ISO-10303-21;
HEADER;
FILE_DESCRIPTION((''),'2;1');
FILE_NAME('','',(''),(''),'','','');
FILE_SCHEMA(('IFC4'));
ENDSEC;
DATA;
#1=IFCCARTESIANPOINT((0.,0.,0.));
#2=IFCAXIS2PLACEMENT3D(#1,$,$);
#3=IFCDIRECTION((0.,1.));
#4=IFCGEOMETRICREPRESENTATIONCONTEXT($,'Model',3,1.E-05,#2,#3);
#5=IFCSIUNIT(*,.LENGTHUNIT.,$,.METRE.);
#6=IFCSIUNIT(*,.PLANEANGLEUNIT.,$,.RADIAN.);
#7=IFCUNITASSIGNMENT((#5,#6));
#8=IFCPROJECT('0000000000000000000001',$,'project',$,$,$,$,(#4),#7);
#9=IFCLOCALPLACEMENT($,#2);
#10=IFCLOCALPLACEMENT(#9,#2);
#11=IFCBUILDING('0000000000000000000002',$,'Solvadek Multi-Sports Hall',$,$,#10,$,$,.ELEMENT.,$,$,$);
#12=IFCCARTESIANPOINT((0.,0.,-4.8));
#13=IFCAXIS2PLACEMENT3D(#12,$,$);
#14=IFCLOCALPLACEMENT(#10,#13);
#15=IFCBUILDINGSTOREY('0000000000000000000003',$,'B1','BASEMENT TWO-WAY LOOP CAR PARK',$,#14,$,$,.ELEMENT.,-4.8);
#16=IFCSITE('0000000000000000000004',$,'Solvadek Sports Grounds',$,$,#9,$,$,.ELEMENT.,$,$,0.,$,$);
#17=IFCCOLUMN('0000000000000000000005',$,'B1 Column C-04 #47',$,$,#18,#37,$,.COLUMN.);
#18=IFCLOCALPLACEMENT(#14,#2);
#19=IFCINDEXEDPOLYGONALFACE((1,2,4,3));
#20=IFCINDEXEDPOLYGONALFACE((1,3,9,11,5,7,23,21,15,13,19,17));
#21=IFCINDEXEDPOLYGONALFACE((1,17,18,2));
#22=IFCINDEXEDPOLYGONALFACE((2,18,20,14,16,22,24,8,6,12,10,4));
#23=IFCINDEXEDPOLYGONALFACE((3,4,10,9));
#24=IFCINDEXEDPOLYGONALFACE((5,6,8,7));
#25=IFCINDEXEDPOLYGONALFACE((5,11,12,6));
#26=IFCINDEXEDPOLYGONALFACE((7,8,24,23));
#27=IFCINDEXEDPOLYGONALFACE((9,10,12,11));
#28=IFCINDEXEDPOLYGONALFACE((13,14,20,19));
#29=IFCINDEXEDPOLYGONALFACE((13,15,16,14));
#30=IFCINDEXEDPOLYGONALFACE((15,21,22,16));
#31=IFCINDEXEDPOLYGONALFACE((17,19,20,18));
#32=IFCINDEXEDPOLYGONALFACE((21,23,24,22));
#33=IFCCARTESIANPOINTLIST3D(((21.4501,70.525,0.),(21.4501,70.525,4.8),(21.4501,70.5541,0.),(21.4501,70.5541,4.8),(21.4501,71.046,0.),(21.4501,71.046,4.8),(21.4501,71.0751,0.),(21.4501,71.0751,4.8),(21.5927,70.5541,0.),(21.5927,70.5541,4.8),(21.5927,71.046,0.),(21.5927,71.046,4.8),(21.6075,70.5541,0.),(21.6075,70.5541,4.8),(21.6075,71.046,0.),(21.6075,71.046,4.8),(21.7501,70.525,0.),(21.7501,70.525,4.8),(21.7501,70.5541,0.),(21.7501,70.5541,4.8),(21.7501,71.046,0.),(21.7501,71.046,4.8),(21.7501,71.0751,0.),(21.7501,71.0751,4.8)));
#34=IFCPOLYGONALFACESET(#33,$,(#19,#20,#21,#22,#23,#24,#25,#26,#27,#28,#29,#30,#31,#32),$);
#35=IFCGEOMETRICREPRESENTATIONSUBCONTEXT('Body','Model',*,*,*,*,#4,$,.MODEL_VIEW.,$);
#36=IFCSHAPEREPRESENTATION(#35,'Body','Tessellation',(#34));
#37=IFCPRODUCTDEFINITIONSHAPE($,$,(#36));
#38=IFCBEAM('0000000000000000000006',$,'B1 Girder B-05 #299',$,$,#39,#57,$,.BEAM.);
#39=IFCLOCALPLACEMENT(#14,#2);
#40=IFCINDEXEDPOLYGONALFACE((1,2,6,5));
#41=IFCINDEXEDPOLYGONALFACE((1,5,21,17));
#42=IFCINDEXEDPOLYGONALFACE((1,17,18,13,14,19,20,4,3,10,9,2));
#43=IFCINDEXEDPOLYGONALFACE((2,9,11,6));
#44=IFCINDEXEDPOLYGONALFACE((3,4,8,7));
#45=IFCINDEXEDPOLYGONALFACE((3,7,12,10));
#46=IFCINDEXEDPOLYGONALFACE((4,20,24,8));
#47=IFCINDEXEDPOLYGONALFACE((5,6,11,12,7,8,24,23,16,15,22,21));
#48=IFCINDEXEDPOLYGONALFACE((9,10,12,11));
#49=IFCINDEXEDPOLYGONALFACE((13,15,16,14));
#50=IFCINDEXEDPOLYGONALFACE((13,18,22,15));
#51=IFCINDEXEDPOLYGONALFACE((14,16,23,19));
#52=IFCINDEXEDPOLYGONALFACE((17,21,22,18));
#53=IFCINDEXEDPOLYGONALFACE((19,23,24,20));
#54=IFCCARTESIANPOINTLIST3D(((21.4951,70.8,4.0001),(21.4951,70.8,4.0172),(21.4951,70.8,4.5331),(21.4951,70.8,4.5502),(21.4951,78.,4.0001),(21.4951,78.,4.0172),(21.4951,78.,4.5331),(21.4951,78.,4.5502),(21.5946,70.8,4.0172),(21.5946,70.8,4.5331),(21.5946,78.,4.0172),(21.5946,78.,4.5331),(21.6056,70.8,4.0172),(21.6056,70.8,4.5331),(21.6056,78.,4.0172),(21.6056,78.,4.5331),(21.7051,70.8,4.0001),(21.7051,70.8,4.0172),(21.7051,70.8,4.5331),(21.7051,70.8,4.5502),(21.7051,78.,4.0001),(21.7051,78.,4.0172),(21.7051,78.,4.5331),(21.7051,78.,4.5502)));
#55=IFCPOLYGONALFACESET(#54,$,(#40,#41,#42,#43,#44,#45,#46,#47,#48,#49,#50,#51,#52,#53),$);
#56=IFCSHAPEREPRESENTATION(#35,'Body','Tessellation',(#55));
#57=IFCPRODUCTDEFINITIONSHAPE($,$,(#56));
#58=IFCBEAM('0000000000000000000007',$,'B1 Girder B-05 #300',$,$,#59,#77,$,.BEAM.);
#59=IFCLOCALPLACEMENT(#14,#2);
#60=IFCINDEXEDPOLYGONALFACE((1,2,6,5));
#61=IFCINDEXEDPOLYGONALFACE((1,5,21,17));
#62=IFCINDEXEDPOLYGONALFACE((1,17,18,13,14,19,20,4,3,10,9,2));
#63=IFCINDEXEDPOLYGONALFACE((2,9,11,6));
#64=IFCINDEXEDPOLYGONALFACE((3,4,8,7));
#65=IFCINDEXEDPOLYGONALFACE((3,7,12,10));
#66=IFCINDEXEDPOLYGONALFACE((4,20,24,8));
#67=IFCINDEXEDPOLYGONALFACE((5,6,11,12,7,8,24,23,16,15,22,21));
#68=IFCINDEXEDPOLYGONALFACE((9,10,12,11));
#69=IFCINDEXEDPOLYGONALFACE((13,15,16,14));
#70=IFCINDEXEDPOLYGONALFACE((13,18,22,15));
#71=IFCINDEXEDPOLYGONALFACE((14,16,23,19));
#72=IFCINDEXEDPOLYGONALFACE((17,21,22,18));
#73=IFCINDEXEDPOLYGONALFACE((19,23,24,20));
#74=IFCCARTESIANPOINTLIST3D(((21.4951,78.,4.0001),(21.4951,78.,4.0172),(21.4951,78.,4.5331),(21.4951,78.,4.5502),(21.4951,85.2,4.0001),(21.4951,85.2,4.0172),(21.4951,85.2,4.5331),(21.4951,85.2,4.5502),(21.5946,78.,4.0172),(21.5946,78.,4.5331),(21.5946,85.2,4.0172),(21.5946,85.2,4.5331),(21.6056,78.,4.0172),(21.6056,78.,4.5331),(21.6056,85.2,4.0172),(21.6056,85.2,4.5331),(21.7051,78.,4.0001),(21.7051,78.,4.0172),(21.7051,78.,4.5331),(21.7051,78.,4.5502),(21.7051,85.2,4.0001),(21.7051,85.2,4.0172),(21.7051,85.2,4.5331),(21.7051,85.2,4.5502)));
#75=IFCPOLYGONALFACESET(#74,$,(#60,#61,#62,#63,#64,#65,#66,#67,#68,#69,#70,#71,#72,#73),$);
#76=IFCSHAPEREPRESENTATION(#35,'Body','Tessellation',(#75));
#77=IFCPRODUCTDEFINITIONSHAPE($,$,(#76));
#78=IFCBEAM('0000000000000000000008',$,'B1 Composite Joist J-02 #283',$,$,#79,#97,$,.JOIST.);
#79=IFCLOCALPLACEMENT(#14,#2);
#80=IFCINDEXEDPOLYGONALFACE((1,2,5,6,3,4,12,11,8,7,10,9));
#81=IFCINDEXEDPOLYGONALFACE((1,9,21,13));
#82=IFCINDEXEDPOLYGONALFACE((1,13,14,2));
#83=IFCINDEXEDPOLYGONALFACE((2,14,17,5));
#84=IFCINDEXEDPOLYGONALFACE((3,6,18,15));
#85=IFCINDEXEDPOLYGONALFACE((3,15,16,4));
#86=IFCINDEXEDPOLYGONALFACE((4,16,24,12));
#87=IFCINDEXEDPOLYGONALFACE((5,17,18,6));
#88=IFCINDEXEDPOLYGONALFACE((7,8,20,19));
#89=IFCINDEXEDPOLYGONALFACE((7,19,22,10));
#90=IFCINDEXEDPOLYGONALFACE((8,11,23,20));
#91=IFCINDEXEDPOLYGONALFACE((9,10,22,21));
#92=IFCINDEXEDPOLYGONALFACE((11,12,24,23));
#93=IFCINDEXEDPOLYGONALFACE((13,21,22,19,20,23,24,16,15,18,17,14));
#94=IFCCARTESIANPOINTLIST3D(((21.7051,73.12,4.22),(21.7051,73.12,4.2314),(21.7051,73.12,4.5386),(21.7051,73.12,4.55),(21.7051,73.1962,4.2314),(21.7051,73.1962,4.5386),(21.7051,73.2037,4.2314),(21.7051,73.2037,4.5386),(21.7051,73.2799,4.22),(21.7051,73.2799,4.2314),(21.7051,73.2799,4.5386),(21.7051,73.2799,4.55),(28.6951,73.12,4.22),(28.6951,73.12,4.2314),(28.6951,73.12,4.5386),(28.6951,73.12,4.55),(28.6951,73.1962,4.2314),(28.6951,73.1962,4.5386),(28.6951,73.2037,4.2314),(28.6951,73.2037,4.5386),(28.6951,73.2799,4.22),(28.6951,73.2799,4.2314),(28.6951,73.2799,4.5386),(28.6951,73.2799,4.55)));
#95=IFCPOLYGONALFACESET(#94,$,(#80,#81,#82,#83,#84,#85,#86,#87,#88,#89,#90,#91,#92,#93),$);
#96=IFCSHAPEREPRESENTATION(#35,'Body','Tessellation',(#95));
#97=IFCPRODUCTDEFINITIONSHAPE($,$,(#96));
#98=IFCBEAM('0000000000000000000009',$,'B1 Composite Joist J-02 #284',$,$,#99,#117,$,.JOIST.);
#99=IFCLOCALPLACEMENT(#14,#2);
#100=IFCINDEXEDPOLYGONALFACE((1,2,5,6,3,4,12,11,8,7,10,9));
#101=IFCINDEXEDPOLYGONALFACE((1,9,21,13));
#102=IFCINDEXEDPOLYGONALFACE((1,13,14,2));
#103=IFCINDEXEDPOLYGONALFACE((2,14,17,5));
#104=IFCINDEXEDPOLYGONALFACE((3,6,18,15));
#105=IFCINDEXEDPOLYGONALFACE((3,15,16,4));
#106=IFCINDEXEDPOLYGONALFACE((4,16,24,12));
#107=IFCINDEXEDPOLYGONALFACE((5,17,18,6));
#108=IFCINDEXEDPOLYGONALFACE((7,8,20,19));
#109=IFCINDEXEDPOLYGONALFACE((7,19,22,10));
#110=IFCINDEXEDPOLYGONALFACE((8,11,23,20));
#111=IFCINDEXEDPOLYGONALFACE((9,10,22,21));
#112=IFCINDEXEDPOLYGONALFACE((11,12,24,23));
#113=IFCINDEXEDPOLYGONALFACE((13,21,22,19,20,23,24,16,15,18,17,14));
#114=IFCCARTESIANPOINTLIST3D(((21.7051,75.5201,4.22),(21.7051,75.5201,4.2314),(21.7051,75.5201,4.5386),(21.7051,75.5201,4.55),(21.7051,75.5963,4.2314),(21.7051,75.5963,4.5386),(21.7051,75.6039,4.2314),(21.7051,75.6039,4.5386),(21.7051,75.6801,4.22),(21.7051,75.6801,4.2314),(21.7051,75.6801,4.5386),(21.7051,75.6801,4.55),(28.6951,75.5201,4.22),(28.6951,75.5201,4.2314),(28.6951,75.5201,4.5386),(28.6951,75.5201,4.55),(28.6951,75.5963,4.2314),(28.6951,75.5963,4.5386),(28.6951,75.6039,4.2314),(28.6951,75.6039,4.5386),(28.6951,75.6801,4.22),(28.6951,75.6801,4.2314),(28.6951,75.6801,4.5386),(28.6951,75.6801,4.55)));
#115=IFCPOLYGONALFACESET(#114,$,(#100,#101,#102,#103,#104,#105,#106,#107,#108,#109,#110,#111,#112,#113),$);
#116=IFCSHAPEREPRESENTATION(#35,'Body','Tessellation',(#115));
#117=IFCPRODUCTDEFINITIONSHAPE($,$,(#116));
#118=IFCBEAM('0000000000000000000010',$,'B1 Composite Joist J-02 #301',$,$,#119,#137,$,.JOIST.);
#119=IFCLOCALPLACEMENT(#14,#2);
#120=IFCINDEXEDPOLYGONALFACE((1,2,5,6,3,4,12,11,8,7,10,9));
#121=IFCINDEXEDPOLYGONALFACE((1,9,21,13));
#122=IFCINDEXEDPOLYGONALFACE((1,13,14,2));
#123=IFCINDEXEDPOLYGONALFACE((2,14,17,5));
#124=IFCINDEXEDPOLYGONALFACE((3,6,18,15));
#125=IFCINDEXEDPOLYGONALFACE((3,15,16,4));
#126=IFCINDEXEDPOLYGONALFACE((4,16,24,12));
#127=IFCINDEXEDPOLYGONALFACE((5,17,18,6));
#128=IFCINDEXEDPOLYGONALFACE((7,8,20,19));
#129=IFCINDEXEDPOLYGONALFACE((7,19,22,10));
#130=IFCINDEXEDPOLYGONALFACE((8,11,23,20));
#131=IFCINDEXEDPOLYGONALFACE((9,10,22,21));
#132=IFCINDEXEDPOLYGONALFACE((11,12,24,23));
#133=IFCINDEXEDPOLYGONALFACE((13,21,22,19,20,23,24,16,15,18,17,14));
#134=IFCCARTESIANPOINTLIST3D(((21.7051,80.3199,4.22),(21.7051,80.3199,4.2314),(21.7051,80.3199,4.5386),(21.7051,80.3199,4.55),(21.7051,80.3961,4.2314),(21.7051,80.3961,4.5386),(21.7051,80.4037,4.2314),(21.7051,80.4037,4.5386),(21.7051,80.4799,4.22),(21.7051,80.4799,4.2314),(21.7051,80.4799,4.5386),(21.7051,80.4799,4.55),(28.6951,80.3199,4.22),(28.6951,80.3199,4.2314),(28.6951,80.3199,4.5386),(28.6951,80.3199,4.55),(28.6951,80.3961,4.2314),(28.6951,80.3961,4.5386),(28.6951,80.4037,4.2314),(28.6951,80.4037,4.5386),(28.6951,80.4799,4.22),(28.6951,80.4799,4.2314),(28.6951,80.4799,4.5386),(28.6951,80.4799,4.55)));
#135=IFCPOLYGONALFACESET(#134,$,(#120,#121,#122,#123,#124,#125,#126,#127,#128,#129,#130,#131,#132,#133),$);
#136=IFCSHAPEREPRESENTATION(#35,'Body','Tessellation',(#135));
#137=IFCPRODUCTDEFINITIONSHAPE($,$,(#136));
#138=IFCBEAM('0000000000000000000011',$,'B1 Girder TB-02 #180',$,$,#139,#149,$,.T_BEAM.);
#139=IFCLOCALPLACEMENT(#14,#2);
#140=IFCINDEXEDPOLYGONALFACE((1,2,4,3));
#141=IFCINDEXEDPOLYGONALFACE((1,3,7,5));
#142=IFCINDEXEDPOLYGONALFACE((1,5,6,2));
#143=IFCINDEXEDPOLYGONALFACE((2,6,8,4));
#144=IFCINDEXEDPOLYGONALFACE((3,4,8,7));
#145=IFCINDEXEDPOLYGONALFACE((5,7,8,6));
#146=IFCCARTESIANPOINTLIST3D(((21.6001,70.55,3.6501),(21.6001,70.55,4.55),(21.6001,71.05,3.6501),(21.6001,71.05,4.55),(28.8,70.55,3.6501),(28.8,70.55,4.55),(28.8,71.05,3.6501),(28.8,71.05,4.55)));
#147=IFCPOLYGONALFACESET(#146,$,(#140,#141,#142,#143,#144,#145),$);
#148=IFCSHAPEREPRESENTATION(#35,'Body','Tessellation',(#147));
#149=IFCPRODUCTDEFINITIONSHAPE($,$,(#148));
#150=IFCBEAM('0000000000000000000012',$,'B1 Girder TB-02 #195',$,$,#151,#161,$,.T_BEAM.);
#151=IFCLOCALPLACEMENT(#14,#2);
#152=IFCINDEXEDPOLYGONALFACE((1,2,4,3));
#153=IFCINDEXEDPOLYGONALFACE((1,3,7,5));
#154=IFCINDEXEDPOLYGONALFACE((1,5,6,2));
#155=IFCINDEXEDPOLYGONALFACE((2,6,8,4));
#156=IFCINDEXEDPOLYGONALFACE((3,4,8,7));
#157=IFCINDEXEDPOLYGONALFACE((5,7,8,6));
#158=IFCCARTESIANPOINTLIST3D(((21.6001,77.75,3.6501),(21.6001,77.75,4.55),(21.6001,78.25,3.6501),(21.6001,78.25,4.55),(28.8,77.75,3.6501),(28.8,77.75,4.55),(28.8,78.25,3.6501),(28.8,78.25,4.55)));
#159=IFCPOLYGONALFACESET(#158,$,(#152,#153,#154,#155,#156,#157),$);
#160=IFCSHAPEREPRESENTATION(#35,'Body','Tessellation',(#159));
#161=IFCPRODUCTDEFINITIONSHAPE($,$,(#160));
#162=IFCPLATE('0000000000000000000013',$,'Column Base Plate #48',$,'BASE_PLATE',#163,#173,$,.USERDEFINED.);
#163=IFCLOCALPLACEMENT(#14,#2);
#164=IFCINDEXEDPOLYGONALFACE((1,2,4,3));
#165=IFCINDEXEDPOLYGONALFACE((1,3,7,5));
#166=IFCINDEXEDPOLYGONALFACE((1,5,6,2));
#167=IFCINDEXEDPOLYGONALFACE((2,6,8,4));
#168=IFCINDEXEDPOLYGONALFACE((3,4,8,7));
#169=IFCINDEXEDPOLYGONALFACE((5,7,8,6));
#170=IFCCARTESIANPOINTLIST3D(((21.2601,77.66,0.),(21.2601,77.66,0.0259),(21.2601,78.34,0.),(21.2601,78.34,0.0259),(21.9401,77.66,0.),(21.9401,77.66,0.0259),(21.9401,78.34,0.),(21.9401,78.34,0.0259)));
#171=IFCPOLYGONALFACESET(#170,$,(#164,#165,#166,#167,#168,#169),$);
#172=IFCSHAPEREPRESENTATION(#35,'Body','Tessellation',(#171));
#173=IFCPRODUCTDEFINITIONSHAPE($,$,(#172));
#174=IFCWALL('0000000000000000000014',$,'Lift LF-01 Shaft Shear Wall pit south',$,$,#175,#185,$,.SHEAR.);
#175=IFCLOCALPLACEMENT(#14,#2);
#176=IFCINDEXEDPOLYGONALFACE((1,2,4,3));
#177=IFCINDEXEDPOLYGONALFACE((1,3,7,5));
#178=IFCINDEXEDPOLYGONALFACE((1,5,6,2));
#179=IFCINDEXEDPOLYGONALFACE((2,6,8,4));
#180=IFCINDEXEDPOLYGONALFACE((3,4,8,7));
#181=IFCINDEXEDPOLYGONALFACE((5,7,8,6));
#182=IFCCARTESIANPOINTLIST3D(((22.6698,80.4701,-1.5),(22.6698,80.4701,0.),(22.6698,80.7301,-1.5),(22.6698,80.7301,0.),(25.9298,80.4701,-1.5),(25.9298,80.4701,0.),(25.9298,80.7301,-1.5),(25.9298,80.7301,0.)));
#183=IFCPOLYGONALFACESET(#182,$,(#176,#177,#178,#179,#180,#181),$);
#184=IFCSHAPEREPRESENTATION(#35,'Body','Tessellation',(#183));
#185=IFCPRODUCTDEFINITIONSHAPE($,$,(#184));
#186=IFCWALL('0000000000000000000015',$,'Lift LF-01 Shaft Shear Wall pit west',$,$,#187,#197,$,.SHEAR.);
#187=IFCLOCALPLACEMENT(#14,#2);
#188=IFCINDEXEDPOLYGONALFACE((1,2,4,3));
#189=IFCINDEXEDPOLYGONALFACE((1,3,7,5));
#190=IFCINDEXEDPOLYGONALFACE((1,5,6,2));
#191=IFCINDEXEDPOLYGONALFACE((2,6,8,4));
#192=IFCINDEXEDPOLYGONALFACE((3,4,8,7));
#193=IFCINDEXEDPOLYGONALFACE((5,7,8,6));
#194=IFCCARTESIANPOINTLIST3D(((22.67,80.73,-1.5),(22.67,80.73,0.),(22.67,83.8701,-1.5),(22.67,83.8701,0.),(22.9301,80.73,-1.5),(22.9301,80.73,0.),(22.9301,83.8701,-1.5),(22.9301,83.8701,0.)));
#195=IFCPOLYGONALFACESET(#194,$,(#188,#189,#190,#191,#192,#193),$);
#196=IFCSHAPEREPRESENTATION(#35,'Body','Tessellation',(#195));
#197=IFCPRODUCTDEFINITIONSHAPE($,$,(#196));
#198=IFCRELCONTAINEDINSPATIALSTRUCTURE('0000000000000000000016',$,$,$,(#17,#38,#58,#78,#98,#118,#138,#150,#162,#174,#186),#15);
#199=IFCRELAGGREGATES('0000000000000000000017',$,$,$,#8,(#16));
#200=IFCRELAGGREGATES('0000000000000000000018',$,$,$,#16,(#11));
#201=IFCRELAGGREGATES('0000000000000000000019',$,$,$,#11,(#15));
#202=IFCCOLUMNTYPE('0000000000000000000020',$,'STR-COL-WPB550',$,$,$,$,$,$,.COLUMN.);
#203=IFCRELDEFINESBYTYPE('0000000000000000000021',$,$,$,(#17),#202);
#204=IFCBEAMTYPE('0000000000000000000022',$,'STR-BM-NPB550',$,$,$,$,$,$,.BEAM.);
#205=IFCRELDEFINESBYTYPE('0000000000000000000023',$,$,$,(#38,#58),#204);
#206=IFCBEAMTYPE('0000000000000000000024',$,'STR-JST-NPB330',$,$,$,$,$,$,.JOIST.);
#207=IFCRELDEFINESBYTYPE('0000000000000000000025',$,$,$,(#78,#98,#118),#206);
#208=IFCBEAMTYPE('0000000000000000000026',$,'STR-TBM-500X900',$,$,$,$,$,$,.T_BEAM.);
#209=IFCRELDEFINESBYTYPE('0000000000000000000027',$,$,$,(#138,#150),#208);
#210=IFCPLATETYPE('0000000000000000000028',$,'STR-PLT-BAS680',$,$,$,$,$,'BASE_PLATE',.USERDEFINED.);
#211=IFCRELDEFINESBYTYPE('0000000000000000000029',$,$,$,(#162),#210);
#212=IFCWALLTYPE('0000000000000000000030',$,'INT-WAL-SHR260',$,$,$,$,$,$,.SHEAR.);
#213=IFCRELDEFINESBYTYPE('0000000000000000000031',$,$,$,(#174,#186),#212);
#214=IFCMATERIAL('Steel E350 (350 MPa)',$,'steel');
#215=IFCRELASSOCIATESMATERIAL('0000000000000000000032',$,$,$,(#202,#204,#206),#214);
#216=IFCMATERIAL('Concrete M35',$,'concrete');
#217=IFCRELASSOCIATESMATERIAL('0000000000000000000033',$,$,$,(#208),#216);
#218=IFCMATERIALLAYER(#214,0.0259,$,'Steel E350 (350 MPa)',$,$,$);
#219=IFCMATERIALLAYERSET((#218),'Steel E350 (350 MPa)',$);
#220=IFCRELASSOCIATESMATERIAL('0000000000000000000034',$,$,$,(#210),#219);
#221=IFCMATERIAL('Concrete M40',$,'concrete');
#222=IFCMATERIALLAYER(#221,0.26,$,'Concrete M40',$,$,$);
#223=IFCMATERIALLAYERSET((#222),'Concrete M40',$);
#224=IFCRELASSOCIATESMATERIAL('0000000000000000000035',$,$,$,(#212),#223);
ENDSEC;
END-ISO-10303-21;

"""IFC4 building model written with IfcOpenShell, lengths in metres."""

from ifc_helpers import new_model, si_unit, direction, frame, frame_2d, origin, origin_2d, place, context, subcontext, project, spatial, rectangle, i_section, extrude, material, layer, layer_set, material_profile, profile_set, type_object, element, save


model = new_model("IFC4")

# Units and contexts
model_context = context("Model", 3, precision=1e-05, world=origin(), true_north=direction((0.0, 1.0)))
body_context = subcontext(model_context, "Body", "Model", "MODEL_VIEW")
ifc_project = project(units=[si_unit("LENGTHUNIT", "METRE"), si_unit("PLANEANGLEUNIT", "RADIAN")], contexts=[model_context])

# Site, building, storey
site_placement = place(None, origin())
site = spatial("IfcSite", under=ifc_project, at=site_placement, Name="Solvadek Sports Grounds", CompositionType="ELEMENT", RefElevation=0.0)
building_placement = place(site_placement, origin())
building = spatial("IfcBuilding", under=site, at=building_placement, Name="Solvadek Multi-Sports Hall", CompositionType="ELEMENT")
storey_placement = place(building_placement, frame((0.0, 0.0, -4.8)))
storey = spatial("IfcBuildingStorey", under=building, at=storey_placement, Name="B1", Description="BASEMENT TWO-WAY LOOP CAR PARK", CompositionType="ELEMENT", Elevation=-4.8)

# Shared definitions
ifc_material_1 = material(Name="Concrete M40", Category="concrete")

# Shared definitions
ifc_material_2 = material(Name="Concrete M35", Category="concrete")

# Column
ifc_material_3 = material(Name="Steel E350 (350 MPa)", Category="steel")
ifc_material_profile_1 = material_profile(ifc_material_3, i_section(OverallWidth=0.3, OverallDepth=0.55, WebThickness=0.0149, FlangeThickness=0.0291, at=origin_2d()), Name="WPB 550")
ifc_profile_set_1 = profile_set([ifc_material_profile_1], Name="Steel E350 (350 MPa)")
column_type_1 = type_object("IfcColumnType", Name="STR-COL-WPB550", PredefinedType="COLUMN", material=ifc_profile_set_1)
column_1_placement = place(storey_placement, frame((21.6001, 70.8, 0.0), z_axis=(0.0, 0.0, 1.0), x_axis=(1.0, 0.0, 0.0)))
element("IfcColumn", 1, at=column_1_placement, inside=storey, type_object=column_type_1, Name="B1 Column C-04 #47", PredefinedType="COLUMN", context=body_context, shape_type="SweptSolid", body=[
    extrude(i_section(OverallWidth=0.3, OverallDepth=0.55, WebThickness=0.0149, FlangeThickness=0.0291, at=origin_2d()), origin(), (0.0, 0.0, 1.0), 4.8),
])

# Beams
ifc_material_profile_2 = material_profile(ifc_material_3, i_section(OverallWidth=0.21, OverallDepth=0.55, WebThickness=0.011, FlangeThickness=0.0171, at=origin_2d()), Name="NPB 550")
ifc_profile_set_2 = profile_set([ifc_material_profile_2], Name="Steel E350 (350 MPa)")
beam_type_1 = type_object("IfcBeamType", Name="STR-BM-NPB550", PredefinedType="BEAM", material=ifc_profile_set_2)
for number, where, z_axis, x_axis, name in (
    (2, (21.6001, 70.8, 4.2751), (0.0, 1.0, 0.0), (-1.0, 0.0, 0.0), "B1 Girder B-05 #299"),
    (3, (21.6001, 78.0, 4.2751), (0.0, 1.0, 0.0), (-1.0, 0.0, 0.0), "B1 Girder B-05 #300"),
):
    element("IfcBeam", number, at=place(storey_placement, frame(where, z_axis=z_axis, x_axis=x_axis)), inside=storey, type_object=beam_type_1, Name=name, PredefinedType="BEAM", context=body_context, shape_type="SweptSolid", body=[
        extrude(i_section(OverallWidth=0.21, OverallDepth=0.55, WebThickness=0.011, FlangeThickness=0.0171, at=origin_2d()), origin(), (0.0, 0.0, 1.0), 7.2),
    ])
ifc_material_profile_3 = material_profile(ifc_material_3, i_section(OverallWidth=0.1599, OverallDepth=0.3301, WebThickness=0.0076, FlangeThickness=0.0115, at=origin_2d()), Name="NPB 330")
ifc_profile_set_3 = profile_set([ifc_material_profile_3], Name="Steel E350 (350 MPa)")
beam_type_2 = type_object("IfcBeamType", Name="STR-JST-NPB330", PredefinedType="JOIST", material=ifc_profile_set_3)
for number, where, z_axis, x_axis, name in (
    (4, (21.7051, 73.2, 4.385), (1.0, 0.0, 0.0), (0.0, 1.0, 0.0), "B1 Composite Joist J-02 #283"),
    (5, (21.7051, 75.6001, 4.385), (1.0, 0.0, 0.0), (0.0, 1.0, 0.0), "B1 Composite Joist J-02 #284"),
    (6, (21.7051, 80.3999, 4.385), (1.0, 0.0, 0.0), (0.0, 1.0, 0.0), "B1 Composite Joist J-02 #301"),
):
    element("IfcBeam", number, at=place(storey_placement, frame(where, z_axis=z_axis, x_axis=x_axis)), inside=storey, type_object=beam_type_2, Name=name, PredefinedType="JOIST", context=body_context, shape_type="SweptSolid", body=[
        extrude(i_section(OverallWidth=0.1599, OverallDepth=0.3301, WebThickness=0.0076, FlangeThickness=0.0115, at=origin_2d()), origin(), (0.0, 0.0, 1.0), 6.99),
    ])
ifc_material_profile_4 = material_profile(ifc_material_2, rectangle(XDim=0.5, YDim=0.8999, at=origin_2d()), Name="RC T-BEAM 500x900")
ifc_profile_set_4 = profile_set([ifc_material_profile_4], Name="Concrete M35")
beam_type_3 = type_object("IfcBeamType", Name="STR-TBM-500X900", PredefinedType="T_BEAM", material=ifc_profile_set_4)
for number, where, z_axis, x_axis, name in (
    (7, (21.6001, 70.8, 4.1001), (1.0, 0.0, 0.0), (0.0, 1.0, 0.0), "B1 Girder TB-02 #180"),
    (8, (21.6001, 78.0, 4.1001), (1.0, 0.0, 0.0), (0.0, 1.0, 0.0), "B1 Girder TB-02 #195"),
):
    element("IfcBeam", number, at=place(storey_placement, frame(where, z_axis=z_axis, x_axis=x_axis)), inside=storey, type_object=beam_type_3, Name=name, PredefinedType="T_BEAM", context=body_context, shape_type="SweptSolid", body=[
        extrude(rectangle(XDim=0.5, YDim=0.8999, at=origin_2d()), origin(), (0.0, 0.0, 1.0), 7.2),
    ])

# Plate
ifc_layer_1 = layer(ifc_material_3, 0.0259, Name="Steel E350 (350 MPa)")
ifc_layer_set_1 = layer_set([ifc_layer_1], Name="Steel E350 (350 MPa)")
plate_type = type_object("IfcPlateType", Name="STR-PLT-BAS680", ElementType="BASE_PLATE", PredefinedType="USERDEFINED", material=ifc_layer_set_1)
plate_placement = place(storey_placement, frame((21.6001, 78.0, 0.0), z_axis=(0.0, 0.0, 1.0), x_axis=(1.0, 0.0, 0.0)))
element("IfcPlate", 9, at=plate_placement, inside=storey, type_object=plate_type, Name="Column Base Plate #48", ObjectType="BASE_PLATE", PredefinedType="USERDEFINED", context=body_context, shape_type="SweptSolid", body=[
    extrude(rectangle(XDim=0.6799, YDim=0.6799, at=origin_2d()), origin(), (0.0, 0.0, 1.0), 0.0259),
])

# Walls
ifc_layer_2 = layer(ifc_material_1, 0.26, Name="Concrete M40")
ifc_layer_set_2 = layer_set([ifc_layer_2], Name="Concrete M40")
wall_type_1 = type_object("IfcWallType", Name="INT-WAL-SHR260", PredefinedType="SHEAR", material=ifc_layer_set_2)
wall_1_placement = place(storey_placement, frame((22.6699, 80.6001, -1.5), z_axis=(0.0, 0.0, 1.0), x_axis=(1.0, 0.0, 0.0)))
element("IfcWall", 10, at=wall_1_placement, inside=storey, type_object=wall_type_1, Name="Lift LF-01 Shaft Shear Wall pit south", PredefinedType="SHEAR", context=body_context, shape_type="SweptSolid", body=[
    extrude(rectangle(XDim=3.26, YDim=0.26, at=frame_2d((1.6299, 0.0))), origin(), (0.0, 0.0, 1.0), 1.5),
])
wall_2_placement = place(storey_placement, frame((22.8, 80.73, -1.5), z_axis=(0.0, 0.0, 1.0), x_axis=(0.0, 1.0, 0.0)))
element("IfcWall", 11, at=wall_2_placement, inside=storey, type_object=wall_type_1, Name="Lift LF-01 Shaft Shear Wall pit west", PredefinedType="SHEAR", context=body_context, shape_type="SweptSolid", body=[
    extrude(rectangle(XDim=3.1401, YDim=0.26, at=frame_2d((1.5701, 0.0))), origin(), (0.0, 0.0, 1.0), 1.5),
])

save(model, "model.ifc")
